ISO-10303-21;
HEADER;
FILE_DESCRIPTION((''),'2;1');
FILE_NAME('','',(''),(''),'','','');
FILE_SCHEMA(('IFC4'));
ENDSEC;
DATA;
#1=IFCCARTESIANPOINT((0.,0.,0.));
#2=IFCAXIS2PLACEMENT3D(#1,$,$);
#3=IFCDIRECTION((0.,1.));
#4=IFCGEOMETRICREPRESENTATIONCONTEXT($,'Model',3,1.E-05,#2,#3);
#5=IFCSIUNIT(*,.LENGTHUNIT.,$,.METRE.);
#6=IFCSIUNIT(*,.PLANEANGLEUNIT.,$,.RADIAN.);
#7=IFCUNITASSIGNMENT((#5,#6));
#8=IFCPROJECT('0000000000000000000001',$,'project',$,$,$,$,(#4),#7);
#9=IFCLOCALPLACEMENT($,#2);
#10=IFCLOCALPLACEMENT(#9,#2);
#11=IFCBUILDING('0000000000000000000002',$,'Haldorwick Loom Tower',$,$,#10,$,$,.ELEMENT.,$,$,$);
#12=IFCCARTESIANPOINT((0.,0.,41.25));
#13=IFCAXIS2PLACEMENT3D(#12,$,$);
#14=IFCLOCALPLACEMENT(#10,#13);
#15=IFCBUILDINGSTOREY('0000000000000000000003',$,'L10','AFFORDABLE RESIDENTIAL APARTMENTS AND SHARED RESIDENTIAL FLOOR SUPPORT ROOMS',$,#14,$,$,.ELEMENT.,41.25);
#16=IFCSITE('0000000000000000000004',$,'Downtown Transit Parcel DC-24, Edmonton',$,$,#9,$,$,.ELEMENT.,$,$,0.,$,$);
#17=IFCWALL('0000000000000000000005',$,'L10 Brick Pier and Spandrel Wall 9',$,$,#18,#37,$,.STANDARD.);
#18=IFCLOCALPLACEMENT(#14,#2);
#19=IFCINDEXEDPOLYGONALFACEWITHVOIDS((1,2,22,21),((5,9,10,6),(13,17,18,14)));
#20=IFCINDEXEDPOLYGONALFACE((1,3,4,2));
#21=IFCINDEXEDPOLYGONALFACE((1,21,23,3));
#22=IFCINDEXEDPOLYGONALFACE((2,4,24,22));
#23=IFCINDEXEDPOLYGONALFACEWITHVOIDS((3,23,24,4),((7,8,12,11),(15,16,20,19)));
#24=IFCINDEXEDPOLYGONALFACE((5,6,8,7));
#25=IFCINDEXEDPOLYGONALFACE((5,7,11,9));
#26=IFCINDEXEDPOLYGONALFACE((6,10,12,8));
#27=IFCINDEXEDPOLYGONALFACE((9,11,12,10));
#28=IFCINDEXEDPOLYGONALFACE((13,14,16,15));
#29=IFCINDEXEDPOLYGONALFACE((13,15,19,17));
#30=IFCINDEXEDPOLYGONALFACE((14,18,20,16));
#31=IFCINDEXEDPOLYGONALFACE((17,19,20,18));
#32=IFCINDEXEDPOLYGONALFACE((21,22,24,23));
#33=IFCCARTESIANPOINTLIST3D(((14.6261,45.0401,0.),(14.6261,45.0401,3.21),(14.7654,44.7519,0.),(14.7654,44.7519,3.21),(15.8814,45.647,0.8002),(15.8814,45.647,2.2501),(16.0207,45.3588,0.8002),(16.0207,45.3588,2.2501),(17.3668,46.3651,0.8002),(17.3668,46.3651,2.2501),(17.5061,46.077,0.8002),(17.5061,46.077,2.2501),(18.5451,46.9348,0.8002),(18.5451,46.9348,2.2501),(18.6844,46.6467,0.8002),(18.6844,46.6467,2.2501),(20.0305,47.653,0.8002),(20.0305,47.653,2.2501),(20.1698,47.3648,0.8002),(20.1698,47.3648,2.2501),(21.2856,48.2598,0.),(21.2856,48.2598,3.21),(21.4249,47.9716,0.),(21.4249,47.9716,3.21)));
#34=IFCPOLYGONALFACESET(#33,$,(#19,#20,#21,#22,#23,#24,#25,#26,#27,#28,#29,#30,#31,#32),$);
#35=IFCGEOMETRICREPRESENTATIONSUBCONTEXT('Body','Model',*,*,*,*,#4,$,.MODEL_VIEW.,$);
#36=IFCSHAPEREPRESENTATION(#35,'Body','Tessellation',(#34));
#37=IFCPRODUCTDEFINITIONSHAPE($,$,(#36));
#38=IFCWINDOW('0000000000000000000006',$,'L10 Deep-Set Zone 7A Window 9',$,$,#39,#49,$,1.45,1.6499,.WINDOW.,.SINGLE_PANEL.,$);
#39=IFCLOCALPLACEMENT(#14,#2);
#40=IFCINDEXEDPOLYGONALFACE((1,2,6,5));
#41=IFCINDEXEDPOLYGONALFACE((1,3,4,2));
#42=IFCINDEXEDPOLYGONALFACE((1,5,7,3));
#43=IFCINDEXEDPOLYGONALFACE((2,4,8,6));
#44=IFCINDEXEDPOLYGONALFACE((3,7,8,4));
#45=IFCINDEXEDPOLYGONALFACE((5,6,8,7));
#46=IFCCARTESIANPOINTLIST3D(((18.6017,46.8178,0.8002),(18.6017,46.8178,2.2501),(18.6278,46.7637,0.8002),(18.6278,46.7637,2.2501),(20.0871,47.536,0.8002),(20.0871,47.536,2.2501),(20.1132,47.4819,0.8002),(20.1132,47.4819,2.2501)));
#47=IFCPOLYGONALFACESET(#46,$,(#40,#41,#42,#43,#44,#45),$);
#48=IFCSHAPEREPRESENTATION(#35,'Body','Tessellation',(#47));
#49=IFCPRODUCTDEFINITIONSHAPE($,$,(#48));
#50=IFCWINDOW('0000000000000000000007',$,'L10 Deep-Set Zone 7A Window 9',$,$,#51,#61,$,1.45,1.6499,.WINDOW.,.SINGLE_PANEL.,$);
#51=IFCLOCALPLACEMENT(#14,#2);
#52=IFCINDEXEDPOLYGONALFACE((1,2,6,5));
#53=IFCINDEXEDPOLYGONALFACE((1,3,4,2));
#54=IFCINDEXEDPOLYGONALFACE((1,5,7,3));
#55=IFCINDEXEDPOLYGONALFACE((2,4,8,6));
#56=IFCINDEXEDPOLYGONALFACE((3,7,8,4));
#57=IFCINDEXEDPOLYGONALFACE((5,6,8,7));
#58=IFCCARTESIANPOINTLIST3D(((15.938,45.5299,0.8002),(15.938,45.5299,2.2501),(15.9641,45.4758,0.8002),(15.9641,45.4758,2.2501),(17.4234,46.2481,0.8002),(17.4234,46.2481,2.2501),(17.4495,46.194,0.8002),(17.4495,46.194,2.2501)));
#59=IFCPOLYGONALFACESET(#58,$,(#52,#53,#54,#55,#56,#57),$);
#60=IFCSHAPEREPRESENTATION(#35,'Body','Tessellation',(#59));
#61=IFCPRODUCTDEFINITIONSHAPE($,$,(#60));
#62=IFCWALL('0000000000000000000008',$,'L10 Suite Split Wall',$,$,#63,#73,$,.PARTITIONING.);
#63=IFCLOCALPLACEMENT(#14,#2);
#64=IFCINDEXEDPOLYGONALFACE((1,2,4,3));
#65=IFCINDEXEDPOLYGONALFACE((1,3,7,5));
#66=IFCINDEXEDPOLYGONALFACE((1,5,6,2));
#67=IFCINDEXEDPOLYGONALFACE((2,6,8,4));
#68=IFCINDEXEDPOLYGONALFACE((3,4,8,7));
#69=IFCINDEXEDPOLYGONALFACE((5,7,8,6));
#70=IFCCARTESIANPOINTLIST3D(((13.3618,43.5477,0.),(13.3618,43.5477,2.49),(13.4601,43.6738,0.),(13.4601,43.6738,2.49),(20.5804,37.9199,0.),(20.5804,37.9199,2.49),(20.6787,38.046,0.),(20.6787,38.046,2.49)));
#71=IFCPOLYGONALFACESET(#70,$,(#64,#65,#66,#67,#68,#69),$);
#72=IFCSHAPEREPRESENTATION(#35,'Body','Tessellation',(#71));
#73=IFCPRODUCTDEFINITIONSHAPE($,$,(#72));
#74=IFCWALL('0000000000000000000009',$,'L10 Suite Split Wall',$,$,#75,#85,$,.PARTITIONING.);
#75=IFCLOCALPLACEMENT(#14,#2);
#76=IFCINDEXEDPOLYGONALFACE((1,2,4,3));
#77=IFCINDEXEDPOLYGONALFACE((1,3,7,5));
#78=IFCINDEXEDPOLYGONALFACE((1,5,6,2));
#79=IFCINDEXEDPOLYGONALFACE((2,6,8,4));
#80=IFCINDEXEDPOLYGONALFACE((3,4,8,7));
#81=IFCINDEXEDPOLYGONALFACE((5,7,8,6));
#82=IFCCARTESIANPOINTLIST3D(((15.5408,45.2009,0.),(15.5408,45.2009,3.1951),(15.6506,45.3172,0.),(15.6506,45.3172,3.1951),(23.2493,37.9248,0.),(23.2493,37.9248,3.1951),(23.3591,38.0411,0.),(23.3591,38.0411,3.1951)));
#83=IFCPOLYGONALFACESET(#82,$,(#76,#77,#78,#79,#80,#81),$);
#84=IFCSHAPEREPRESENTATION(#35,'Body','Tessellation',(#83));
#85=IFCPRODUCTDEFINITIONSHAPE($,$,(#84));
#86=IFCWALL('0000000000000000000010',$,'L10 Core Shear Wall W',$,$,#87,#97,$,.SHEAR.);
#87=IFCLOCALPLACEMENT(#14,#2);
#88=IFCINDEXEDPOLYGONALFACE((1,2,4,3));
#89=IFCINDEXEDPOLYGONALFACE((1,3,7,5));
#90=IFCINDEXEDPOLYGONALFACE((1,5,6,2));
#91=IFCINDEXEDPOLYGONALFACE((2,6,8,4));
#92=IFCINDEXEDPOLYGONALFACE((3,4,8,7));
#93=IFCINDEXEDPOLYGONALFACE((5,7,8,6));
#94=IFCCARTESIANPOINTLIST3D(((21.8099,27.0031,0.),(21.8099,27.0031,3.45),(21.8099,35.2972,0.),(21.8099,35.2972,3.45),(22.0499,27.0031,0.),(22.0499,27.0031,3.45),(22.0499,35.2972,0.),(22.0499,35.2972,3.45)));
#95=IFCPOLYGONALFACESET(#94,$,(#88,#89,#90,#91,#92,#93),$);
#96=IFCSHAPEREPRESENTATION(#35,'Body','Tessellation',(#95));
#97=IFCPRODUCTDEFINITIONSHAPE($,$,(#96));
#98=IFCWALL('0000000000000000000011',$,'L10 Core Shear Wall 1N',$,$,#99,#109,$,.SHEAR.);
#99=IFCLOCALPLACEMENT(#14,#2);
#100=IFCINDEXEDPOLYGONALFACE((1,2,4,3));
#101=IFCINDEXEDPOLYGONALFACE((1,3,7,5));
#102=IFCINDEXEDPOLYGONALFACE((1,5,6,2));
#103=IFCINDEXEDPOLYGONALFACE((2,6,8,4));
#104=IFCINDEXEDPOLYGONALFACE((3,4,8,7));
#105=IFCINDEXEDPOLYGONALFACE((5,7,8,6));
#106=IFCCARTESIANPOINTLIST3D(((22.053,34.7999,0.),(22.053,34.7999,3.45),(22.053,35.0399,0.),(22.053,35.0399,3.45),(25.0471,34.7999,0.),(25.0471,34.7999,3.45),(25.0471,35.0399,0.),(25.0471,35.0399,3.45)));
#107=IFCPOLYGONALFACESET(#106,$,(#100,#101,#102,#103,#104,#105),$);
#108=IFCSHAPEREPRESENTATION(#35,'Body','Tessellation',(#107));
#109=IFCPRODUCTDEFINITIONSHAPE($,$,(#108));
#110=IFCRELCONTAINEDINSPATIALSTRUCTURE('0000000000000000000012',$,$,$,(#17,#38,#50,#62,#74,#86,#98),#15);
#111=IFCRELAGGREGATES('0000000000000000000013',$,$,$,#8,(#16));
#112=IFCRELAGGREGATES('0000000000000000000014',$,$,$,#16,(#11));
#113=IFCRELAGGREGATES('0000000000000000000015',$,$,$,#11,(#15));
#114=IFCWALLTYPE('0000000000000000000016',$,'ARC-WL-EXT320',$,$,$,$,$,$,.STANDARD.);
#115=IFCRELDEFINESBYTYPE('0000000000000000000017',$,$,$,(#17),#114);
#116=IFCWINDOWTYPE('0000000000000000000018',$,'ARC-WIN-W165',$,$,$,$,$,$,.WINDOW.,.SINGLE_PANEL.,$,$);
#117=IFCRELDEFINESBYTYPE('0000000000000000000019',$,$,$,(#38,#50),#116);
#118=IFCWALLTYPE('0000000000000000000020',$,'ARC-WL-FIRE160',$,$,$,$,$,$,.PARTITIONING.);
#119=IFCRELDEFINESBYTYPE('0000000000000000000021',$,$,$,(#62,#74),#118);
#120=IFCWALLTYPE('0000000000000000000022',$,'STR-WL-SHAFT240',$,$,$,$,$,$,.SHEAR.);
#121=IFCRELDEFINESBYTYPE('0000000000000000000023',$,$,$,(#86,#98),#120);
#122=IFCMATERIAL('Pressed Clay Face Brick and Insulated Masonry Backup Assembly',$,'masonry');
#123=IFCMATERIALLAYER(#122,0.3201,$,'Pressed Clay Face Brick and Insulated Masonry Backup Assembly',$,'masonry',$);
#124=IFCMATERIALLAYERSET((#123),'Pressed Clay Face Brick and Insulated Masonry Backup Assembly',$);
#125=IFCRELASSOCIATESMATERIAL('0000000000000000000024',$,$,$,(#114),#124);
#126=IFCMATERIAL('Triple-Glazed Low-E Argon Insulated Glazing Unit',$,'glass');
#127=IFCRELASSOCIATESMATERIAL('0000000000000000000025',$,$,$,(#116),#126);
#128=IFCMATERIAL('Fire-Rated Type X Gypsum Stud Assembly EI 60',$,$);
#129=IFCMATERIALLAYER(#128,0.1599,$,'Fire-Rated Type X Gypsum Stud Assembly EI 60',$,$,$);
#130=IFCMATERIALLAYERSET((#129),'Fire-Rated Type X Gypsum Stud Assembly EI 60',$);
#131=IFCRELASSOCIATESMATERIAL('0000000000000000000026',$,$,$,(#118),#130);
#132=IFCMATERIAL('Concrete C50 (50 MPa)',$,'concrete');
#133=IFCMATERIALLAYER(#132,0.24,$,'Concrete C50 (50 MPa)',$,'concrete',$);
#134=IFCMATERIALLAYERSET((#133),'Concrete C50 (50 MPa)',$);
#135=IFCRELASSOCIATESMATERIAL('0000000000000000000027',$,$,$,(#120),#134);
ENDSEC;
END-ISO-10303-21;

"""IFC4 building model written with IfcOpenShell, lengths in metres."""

from ifc_helpers import new_model, si_unit, direction, frame, frame_2d, origin, place, context, subcontext, project, spatial, rectangle, extrude, material, layer, layer_set, type_object, element, fill, save


model = new_model("IFC4")

# Units and contexts
model_context = context("Model", 3, precision=1e-05, world=origin(), true_north=direction((0.0, 1.0)))
body_context = subcontext(model_context, "Body", "Model", "MODEL_VIEW")
ifc_project = project(units=[si_unit("LENGTHUNIT", "METRE"), si_unit("PLANEANGLEUNIT", "RADIAN")], contexts=[model_context])

# Site, building, storey
site_placement = place(None, origin())
site = spatial("IfcSite", under=ifc_project, at=site_placement, Name="Downtown Transit Parcel DC-24, Edmonton", CompositionType="ELEMENT", RefElevation=0.0)
building_placement = place(site_placement, origin())
building = spatial("IfcBuilding", under=site, at=building_placement, Name="Haldorwick Loom Tower", CompositionType="ELEMENT")
storey_placement = place(building_placement, frame((0.0, 0.0, 41.25)))
storey = spatial("IfcBuildingStorey", under=building, at=storey_placement, Name="L10", Description="AFFORDABLE RESIDENTIAL APARTMENTS AND SHARED RESIDENTIAL FLOOR SUPPORT ROOMS", CompositionType="ELEMENT", Elevation=41.25)

# Wall, openings, windows
ifc_material_1 = material(Name="Pressed Clay Face Brick and Insulated Masonry Backup Assembly", Category="masonry")
ifc_layer_1 = layer(ifc_material_1, 0.3201, Name="Pressed Clay Face Brick and Insulated Masonry Backup Assembly", Category="masonry")
ifc_layer_set_1 = layer_set([ifc_layer_1], Name="Pressed Clay Face Brick and Insulated Masonry Backup Assembly")
wall_type_1 = type_object("IfcWallType", Name="ARC-WL-EXT320", PredefinedType="STANDARD", material=ifc_layer_set_1)
wall_1_placement = place(storey_placement, frame((21.3552, 48.1157, 0.0), z_axis=(0.0, 0.0, 1.0), x_axis=(-0.900296, -0.435279, 0.0)))
wall_1 = element("IfcWall", 1, at=wall_1_placement, inside=storey, type_object=wall_type_1, Name="L10 Brick Pier and Spandrel Wall 9", PredefinedType="STANDARD", context=body_context, shape_type="SweptSolid", body=[
    extrude(rectangle(XDim=7.397, YDim=0.3201, at=frame_2d((3.6985, 0.0))), origin(), (0.0, 0.0, 1.0), 3.21),
])
opening_1_placement = place(wall_1_placement, frame((1.394, 0.0, 0.8)))
opening_1 = element("IfcOpeningElement", 2, at=opening_1_placement, cuts=wall_1, PredefinedType="OPENING", context=body_context, shape_type="SweptSolid", body=[
    extrude(rectangle(XDim=1.6499, YDim=1.45, at=frame_2d((0.825, 0.7251))), frame((0.0, 0.1699, 0.0), z_axis=(0.0, -1.0, 0.0), x_axis=(1.0, 0.0, 0.0)), (0.0, 0.0, 1.0), 0.3401),
])
opening_2_placement = place(wall_1_placement, frame((4.3528, 0.0, 0.8)))
opening_2 = element("IfcOpeningElement", 3, at=opening_2_placement, cuts=wall_1, PredefinedType="OPENING", context=body_context, shape_type="SweptSolid", body=[
    extrude(rectangle(XDim=1.6499, YDim=1.45, at=frame_2d((0.825, 0.7251))), frame((0.0, 0.1699, 0.0), z_axis=(0.0, -1.0, 0.0), x_axis=(1.0, 0.0, 0.0)), (0.0, 0.0, 1.0), 0.3401),
])
ifc_material_2 = material(Name="Triple-Glazed Low-E Argon Insulated Glazing Unit", Category="glass")
window_type = type_object("IfcWindowType", Name="ARC-WIN-W165", PartitioningType="SINGLE_PANEL", PredefinedType="WINDOW", material=ifc_material_2)
window_1_placement = place(opening_1_placement, origin())
window_1 = element("IfcWindow", 4, at=window_1_placement, inside=storey, type_object=window_type, Name="L10 Deep-Set Zone 7A Window 9", OverallHeight=1.45, OverallWidth=1.6499, PartitioningType="SINGLE_PANEL", PredefinedType="WINDOW", context=body_context, shape_type="SweptSolid", body=[
    extrude(rectangle(XDim=1.6499, YDim=1.45, at=frame_2d((0.825, 0.7251))), frame((0.0, 0.03, 0.0), z_axis=(0.0, -1.0, 0.0), x_axis=(1.0, 0.0, 0.0)), (0.0, 0.0, 1.0), 0.0601),
])
fill(opening_1, window_1)
window_2_placement = place(opening_2_placement, origin())
window_2 = element("IfcWindow", 5, at=window_2_placement, inside=storey, type_object=window_type, Name="L10 Deep-Set Zone 7A Window 9", OverallHeight=1.45, OverallWidth=1.6499, PartitioningType="SINGLE_PANEL", PredefinedType="WINDOW", context=body_context, shape_type="SweptSolid", body=[
    extrude(rectangle(XDim=1.6499, YDim=1.45, at=frame_2d((0.825, 0.7251))), frame((0.0, 0.03, 0.0), z_axis=(0.0, -1.0, 0.0), x_axis=(1.0, 0.0, 0.0)), (0.0, 0.0, 1.0), 0.0601),
])
fill(opening_2, window_2)

# Shared definitions
ifc_material_3 = material(Name="Fire-Rated Type X Gypsum Stud Assembly EI 60")
ifc_layer_2 = layer(ifc_material_3, 0.1599, Name="Fire-Rated Type X Gypsum Stud Assembly EI 60")
ifc_layer_set_2 = layer_set([ifc_layer_2], Name="Fire-Rated Type X Gypsum Stud Assembly EI 60")
wall_type_2 = type_object("IfcWallType", Name="ARC-WL-FIRE160", PredefinedType="PARTITIONING", material=ifc_layer_set_2)

# Walls
wall_2_placement = place(storey_placement, frame((20.6296, 37.9829, 0.0), z_axis=(0.0, 0.0, 1.0), x_axis=(-0.788648, 0.614845, 0.0)))
element("IfcWall", 6, at=wall_2_placement, inside=storey, type_object=wall_type_2, Name="L10 Suite Split Wall", PredefinedType="PARTITIONING", context=body_context, shape_type="SweptSolid", body=[
    extrude(rectangle(XDim=9.1531, YDim=0.1599, at=frame_2d((4.5767, 0.0))), origin(), (0.0, 0.0, 1.0), 2.49),
])
wall_3_placement = place(storey_placement, frame((23.3042, 37.9829, 0.0), z_axis=(0.0, 0.0, 1.0), x_axis=(-0.727207, 0.686418, 0.0)))
element("IfcWall", 7, at=wall_3_placement, inside=storey, type_object=wall_type_2, Name="L10 Suite Split Wall", PredefinedType="PARTITIONING", context=body_context, shape_type="SweptSolid", body=[
    extrude(rectangle(XDim=10.6001, YDim=0.1599, at=frame_2d((5.3, 0.0))), origin(), (0.0, 0.0, 1.0), 3.1951),
])
ifc_material_4 = material(Name="Concrete C50 (50 MPa)", Category="concrete")
ifc_layer_3 = layer(ifc_material_4, 0.24, Name="Concrete C50 (50 MPa)", Category="concrete")
ifc_layer_set_3 = layer_set([ifc_layer_3], Name="Concrete C50 (50 MPa)")
wall_type_3 = type_object("IfcWallType", Name="STR-WL-SHAFT240", PredefinedType="SHEAR", material=ifc_layer_set_3)
wall_4_placement = place(storey_placement, frame((21.9299, 35.2971, 0.0), z_axis=(0.0, 0.0, 1.0), x_axis=(0.0, -1.0, 0.0)))
element("IfcWall", 8, at=wall_4_placement, inside=storey, type_object=wall_type_3, Name="L10 Core Shear Wall W", PredefinedType="SHEAR", context=body_context, shape_type="SweptSolid", body=[
    extrude(rectangle(XDim=8.2942, YDim=0.24, at=frame_2d((4.147, 0.0))), origin(), (0.0, 0.0, 1.0), 3.45),
])
wall_5_placement = place(storey_placement, frame((22.053, 34.9199, 0.0), z_axis=(0.0, 0.0, 1.0), x_axis=(1.0, 0.0, 0.0)))
element("IfcWall", 9, at=wall_5_placement, inside=storey, type_object=wall_type_3, Name="L10 Core Shear Wall 1N", PredefinedType="SHEAR", context=body_context, shape_type="SweptSolid", body=[
    extrude(rectangle(XDim=2.9941, YDim=0.24, at=frame_2d((1.4971, 0.0))), origin(), (0.0, 0.0, 1.0), 3.45),
])

save(model, "model.ifc")
